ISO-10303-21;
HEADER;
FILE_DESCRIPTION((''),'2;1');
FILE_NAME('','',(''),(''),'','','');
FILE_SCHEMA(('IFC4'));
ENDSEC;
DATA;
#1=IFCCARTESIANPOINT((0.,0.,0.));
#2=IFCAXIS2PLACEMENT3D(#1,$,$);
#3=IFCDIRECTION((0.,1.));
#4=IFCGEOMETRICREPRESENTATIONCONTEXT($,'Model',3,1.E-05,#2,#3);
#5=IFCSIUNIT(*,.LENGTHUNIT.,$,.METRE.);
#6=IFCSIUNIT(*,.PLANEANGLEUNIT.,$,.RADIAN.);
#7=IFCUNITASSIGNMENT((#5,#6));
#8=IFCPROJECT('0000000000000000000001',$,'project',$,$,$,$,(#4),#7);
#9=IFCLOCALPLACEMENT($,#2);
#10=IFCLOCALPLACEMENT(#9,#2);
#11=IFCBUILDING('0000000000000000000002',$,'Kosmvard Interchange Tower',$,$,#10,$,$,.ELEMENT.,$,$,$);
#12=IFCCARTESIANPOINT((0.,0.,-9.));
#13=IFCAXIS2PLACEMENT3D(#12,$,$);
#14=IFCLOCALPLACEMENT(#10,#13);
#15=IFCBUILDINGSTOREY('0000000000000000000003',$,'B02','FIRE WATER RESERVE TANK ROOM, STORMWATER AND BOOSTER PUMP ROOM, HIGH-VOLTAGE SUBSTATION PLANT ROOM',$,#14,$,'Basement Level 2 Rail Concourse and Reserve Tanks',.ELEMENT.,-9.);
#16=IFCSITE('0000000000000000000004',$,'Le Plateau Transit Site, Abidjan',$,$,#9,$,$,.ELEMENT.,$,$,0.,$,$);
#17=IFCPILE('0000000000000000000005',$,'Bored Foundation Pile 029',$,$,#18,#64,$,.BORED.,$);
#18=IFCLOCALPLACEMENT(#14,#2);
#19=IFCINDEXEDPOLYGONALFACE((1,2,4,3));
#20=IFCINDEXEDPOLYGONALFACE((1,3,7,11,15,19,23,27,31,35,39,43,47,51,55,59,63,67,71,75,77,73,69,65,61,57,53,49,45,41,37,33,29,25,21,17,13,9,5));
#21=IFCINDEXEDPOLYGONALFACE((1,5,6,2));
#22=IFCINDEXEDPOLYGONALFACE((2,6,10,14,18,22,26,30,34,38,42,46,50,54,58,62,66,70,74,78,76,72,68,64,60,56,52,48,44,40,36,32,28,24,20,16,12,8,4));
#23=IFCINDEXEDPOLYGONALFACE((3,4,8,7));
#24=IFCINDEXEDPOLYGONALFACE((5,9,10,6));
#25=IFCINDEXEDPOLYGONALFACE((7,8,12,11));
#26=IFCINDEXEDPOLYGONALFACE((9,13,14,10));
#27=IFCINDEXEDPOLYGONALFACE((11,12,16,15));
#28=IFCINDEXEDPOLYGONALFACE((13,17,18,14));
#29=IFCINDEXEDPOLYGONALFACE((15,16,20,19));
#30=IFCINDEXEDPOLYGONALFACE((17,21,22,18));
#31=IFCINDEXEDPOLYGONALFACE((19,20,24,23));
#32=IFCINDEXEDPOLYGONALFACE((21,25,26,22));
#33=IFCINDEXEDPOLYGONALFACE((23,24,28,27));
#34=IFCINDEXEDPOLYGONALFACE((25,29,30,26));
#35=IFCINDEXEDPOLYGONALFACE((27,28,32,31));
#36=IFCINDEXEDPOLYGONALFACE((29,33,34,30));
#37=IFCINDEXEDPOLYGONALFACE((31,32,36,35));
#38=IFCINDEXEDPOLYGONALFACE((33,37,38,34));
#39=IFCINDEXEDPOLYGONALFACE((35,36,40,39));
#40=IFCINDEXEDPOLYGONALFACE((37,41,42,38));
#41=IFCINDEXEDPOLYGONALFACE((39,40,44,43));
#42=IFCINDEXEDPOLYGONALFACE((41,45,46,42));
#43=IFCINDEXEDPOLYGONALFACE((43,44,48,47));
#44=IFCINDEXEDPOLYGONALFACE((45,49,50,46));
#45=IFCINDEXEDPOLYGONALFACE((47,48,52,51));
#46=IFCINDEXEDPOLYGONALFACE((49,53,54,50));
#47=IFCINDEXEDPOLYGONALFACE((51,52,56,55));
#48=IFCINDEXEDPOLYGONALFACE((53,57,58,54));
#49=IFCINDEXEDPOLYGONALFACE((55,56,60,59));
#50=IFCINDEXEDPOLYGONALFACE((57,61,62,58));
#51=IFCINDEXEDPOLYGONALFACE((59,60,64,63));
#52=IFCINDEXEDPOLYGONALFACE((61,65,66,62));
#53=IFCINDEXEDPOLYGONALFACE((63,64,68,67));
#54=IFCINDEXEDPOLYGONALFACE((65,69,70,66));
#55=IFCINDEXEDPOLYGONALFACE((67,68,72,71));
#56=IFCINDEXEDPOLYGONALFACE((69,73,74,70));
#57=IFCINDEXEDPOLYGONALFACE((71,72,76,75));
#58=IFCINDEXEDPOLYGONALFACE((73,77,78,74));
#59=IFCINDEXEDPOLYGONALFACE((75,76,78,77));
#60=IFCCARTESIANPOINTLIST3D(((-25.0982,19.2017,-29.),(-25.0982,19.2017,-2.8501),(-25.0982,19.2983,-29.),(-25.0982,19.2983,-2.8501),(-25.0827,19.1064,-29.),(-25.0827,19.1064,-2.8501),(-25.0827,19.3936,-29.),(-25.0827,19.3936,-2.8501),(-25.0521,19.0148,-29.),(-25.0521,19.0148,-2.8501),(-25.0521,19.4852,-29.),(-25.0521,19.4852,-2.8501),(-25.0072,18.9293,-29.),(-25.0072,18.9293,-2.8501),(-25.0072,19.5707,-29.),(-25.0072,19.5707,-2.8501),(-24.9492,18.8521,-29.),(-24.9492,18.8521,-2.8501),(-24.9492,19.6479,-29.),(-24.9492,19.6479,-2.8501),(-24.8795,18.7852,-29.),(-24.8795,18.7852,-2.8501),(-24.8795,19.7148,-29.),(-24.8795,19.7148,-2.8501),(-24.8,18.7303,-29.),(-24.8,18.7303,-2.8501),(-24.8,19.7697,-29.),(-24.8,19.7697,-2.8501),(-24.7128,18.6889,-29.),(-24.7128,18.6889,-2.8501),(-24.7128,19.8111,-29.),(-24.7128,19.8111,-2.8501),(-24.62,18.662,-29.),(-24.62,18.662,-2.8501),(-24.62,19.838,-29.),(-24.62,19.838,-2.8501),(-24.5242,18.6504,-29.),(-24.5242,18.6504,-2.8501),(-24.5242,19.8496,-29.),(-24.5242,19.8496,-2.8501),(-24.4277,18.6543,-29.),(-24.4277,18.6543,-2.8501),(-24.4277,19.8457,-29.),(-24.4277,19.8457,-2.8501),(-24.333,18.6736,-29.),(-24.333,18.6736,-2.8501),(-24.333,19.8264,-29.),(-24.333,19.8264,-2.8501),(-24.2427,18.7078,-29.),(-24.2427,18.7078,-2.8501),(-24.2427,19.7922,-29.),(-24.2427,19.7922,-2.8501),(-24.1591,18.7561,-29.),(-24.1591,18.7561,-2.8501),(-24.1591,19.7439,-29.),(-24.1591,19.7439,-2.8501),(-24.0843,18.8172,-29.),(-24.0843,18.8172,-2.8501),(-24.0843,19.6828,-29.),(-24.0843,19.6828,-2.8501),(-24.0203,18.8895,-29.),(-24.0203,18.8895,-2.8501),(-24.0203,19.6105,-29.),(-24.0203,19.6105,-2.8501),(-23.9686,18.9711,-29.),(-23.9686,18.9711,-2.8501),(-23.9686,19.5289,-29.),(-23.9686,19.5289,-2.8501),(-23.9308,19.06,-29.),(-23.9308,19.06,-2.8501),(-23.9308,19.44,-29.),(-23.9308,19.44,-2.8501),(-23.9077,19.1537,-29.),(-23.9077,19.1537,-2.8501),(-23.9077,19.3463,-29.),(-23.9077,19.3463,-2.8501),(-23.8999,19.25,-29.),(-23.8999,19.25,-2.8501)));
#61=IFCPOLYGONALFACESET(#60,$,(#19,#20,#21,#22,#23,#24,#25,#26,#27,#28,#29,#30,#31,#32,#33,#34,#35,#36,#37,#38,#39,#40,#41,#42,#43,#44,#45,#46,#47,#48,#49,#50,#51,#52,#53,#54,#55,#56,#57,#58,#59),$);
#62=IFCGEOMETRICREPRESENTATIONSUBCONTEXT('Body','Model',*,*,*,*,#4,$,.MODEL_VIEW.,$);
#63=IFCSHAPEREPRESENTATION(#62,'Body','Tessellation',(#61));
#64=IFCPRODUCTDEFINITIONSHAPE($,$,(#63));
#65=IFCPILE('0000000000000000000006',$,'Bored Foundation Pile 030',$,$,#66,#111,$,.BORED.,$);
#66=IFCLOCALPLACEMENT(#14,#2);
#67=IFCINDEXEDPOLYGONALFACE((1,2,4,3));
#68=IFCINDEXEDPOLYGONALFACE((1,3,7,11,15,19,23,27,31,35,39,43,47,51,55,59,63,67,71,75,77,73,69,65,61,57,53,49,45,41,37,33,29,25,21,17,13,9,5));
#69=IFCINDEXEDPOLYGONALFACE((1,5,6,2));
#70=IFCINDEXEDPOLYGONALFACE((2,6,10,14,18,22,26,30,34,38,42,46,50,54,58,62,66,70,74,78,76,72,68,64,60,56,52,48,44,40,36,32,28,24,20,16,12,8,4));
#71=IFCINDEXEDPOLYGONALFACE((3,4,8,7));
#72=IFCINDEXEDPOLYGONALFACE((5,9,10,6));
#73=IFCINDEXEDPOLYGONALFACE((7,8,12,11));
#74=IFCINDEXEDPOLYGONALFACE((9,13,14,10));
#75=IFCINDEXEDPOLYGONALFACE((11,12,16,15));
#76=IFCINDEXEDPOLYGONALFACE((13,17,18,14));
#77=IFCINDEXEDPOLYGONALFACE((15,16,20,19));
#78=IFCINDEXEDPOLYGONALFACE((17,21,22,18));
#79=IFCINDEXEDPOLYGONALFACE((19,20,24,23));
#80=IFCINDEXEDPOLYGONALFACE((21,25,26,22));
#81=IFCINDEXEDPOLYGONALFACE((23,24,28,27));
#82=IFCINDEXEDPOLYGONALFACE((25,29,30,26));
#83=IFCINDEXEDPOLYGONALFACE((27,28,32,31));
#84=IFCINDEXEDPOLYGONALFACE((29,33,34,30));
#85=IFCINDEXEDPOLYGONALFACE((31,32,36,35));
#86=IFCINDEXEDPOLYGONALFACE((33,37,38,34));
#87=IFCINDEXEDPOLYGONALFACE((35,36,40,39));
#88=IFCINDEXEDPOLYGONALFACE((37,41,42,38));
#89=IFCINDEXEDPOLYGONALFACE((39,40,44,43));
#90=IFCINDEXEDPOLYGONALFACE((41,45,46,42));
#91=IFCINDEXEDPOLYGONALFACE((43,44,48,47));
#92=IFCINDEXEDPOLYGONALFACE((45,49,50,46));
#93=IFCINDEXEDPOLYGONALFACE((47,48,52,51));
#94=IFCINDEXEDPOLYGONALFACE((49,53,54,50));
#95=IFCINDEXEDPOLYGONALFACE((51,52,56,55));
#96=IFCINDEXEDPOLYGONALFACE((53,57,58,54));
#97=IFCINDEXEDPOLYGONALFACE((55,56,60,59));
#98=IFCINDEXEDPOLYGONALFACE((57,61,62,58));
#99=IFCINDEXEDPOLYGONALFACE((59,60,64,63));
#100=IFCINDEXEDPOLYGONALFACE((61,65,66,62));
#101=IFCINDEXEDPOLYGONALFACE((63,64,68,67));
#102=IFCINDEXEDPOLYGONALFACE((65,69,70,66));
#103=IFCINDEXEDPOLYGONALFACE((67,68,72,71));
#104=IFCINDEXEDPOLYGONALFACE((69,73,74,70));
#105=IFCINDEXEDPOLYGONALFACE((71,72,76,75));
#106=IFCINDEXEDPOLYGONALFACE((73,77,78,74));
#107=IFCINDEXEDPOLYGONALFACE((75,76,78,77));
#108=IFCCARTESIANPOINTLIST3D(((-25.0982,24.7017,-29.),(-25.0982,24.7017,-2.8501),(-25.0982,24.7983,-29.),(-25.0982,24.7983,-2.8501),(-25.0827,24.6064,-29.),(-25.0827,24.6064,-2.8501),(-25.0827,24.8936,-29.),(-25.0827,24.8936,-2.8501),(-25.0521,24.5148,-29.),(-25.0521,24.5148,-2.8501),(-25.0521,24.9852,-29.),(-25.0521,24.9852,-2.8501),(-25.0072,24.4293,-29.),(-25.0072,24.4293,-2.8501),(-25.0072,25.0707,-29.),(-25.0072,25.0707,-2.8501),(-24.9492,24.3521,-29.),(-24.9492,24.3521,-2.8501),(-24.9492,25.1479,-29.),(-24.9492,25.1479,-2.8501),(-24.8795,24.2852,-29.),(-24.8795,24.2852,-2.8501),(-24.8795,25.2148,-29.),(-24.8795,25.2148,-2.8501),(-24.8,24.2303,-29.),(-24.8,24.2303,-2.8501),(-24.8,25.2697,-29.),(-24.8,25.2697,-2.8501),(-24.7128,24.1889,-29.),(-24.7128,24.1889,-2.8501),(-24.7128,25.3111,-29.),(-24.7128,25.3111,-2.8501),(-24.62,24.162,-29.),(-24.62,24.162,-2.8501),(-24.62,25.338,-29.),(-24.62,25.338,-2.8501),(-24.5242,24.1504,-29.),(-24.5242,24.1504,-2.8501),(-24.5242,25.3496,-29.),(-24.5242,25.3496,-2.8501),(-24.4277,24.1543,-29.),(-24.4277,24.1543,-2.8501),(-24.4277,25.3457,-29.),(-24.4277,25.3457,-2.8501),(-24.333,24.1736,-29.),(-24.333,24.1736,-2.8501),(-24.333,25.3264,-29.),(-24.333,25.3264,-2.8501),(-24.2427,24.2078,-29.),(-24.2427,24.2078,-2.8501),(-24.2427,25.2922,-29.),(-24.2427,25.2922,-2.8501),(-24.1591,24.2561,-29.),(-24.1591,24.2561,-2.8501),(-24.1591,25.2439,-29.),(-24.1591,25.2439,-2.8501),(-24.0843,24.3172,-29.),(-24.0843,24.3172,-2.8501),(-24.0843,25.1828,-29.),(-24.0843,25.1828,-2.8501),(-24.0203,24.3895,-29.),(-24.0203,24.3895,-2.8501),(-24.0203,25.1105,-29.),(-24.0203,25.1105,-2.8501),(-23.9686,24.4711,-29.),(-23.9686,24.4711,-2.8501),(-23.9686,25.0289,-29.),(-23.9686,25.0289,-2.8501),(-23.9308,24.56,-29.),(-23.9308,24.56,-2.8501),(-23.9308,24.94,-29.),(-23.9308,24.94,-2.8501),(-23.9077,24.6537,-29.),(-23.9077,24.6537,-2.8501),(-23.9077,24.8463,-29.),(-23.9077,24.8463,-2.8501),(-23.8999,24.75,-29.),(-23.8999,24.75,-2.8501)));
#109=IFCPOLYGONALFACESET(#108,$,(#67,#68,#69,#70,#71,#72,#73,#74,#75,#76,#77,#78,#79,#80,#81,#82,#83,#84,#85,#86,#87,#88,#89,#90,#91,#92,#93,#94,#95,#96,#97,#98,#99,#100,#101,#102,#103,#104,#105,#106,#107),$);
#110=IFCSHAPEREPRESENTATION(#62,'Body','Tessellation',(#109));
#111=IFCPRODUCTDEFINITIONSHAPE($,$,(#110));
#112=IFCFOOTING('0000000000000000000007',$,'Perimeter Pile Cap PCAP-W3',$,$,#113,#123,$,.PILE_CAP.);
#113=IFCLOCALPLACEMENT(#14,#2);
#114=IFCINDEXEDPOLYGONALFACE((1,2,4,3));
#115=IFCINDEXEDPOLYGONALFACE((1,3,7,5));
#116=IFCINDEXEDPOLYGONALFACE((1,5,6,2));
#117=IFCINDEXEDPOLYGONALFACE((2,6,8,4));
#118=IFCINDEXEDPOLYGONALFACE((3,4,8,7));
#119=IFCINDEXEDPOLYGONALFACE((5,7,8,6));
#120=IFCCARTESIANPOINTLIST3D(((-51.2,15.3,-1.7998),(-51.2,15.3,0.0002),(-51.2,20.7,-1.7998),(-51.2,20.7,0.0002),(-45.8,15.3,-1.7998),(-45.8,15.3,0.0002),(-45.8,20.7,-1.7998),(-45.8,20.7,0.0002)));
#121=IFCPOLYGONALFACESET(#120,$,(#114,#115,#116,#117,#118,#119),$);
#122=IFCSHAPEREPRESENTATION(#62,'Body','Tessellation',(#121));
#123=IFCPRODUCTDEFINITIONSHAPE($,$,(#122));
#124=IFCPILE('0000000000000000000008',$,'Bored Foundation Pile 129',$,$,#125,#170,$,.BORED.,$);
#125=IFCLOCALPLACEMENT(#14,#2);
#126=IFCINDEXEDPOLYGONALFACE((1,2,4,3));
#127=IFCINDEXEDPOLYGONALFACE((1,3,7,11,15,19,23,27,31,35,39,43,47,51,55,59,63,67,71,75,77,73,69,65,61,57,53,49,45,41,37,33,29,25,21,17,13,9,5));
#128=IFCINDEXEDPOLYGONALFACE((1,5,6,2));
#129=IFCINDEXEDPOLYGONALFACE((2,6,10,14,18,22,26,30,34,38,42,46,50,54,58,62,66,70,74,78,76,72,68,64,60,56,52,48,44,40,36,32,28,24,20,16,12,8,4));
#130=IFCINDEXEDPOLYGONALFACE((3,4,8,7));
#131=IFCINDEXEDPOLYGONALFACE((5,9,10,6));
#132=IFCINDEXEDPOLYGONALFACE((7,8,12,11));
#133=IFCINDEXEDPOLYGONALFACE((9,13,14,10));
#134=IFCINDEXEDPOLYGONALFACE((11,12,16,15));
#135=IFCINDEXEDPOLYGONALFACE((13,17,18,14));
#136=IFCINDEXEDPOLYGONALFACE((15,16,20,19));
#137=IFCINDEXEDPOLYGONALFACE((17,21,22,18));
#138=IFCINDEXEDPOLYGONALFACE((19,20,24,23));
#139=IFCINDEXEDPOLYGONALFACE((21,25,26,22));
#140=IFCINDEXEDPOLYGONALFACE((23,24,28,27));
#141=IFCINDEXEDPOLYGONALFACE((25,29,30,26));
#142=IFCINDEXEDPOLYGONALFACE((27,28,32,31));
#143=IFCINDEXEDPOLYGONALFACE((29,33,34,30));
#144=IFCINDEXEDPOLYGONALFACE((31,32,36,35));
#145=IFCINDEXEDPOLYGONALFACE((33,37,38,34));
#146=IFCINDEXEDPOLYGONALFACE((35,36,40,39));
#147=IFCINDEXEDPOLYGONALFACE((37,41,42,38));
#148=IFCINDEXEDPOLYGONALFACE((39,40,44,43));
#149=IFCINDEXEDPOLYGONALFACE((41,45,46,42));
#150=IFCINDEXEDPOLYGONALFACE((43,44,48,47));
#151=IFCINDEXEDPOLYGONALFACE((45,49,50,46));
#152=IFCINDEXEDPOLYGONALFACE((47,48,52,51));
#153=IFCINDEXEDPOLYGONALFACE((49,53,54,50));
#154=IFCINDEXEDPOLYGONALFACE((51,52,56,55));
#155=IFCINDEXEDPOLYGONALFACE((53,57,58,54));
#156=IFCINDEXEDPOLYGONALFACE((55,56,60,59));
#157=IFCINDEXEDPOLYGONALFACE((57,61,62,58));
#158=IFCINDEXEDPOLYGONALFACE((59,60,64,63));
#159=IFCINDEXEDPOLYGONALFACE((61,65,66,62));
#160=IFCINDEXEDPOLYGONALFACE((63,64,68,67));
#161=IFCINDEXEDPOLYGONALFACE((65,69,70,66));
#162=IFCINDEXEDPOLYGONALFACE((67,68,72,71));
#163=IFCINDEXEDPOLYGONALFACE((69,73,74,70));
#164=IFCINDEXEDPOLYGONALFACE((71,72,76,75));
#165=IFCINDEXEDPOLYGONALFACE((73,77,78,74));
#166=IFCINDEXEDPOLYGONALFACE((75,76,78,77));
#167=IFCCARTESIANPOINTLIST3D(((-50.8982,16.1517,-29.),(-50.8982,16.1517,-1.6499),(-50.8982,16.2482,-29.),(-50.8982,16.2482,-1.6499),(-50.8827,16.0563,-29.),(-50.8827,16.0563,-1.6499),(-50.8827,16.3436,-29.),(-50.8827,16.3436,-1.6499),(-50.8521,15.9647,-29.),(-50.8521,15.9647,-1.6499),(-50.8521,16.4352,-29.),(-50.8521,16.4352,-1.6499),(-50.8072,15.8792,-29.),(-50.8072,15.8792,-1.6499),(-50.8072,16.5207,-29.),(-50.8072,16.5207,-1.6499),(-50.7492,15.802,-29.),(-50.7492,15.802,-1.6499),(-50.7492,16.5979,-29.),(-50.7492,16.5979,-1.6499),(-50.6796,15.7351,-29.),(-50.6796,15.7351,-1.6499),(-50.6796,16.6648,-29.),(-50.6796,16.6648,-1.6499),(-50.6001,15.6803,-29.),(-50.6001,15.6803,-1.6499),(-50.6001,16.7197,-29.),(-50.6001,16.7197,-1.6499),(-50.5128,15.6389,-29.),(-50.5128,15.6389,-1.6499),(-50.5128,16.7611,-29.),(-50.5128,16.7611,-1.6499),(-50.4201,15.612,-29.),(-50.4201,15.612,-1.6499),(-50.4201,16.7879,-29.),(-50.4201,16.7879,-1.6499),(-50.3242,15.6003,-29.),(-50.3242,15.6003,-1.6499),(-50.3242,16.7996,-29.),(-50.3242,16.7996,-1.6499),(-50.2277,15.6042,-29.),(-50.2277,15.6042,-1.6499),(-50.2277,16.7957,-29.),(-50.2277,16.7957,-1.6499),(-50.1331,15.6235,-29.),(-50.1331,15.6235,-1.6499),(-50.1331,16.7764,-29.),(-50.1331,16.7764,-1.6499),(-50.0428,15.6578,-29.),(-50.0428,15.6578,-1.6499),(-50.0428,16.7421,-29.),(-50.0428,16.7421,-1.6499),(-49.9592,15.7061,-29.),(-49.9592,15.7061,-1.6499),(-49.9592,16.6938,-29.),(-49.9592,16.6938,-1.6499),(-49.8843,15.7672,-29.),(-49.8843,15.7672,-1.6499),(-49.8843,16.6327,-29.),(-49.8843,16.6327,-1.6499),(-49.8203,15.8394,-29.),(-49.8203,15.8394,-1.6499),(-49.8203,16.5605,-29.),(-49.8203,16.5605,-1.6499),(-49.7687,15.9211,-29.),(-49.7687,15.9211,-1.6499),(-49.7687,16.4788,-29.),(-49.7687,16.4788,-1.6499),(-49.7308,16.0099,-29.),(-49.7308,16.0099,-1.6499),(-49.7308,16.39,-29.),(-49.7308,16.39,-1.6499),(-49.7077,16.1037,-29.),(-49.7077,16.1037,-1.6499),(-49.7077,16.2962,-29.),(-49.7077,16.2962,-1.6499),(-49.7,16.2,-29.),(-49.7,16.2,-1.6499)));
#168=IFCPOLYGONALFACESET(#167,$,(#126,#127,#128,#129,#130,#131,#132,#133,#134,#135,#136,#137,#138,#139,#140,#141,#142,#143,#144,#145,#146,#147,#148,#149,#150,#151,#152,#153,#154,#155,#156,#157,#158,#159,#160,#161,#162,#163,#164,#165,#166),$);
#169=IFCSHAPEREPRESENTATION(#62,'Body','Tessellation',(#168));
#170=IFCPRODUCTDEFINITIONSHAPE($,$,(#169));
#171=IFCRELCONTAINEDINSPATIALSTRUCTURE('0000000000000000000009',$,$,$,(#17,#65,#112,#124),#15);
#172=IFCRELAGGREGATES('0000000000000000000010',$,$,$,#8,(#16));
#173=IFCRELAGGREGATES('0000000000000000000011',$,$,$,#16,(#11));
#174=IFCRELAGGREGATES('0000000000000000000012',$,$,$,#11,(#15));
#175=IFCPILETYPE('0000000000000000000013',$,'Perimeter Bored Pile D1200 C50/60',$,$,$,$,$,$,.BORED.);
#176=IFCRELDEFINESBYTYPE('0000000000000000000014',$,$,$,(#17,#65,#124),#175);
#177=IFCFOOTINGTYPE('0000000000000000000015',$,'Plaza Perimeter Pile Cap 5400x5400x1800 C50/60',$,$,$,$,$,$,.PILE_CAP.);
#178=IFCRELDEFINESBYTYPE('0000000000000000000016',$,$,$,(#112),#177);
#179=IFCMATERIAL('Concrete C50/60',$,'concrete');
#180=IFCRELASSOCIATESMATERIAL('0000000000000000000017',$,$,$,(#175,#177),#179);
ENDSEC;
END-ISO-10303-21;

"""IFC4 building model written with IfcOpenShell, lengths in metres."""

from ifc_helpers import new_model, si_unit, direction, frame, origin, origin_2d, place, context, subcontext, project, spatial, rectangle, circle, extrude, source, transform, mapped, material, material_profile, profile_set, type_object, element, save


model = new_model("IFC4")

# Units and contexts
model_context = context("Model", 3, precision=1e-05, world=origin(), true_north=direction((0.0, 1.0)))
body_context = subcontext(model_context, "Body", "Model", "MODEL_VIEW")
ifc_project = project(units=[si_unit("LENGTHUNIT", "METRE"), si_unit("PLANEANGLEUNIT", "RADIAN")], contexts=[model_context])

# Site, building, storey
site_placement = place(None, origin())
site = spatial("IfcSite", under=ifc_project, at=site_placement, Name="Le Plateau Transit Site, Abidjan", CompositionType="ELEMENT", RefElevation=0.0)
building_placement = place(site_placement, origin())
building = spatial("IfcBuilding", under=site, at=building_placement, Name="Kosmvard Interchange Tower", CompositionType="ELEMENT")
storey_placement = place(building_placement, frame((0.0, 0.0, -9.0)))
storey = spatial("IfcBuildingStorey", under=building, at=storey_placement, Name="B02", Description="FIRE WATER RESERVE TANK ROOM, STORMWATER AND BOOSTER PUMP ROOM, HIGH-VOLTAGE SUBSTATION PLANT ROOM", LongName="Basement Level 2 Rail Concourse and Reserve Tanks", CompositionType="ELEMENT", Elevation=-9.0)

# Piles
ifc_material_1 = material(Name="Concrete C50/60", Category="concrete")
ifc_material_profile_1 = material_profile(ifc_material_1, circle(Radius=0.6001, at=origin_2d()), Name="PILE D1200")
ifc_profile_set_1 = profile_set([ifc_material_profile_1], Name="Concrete C50/60")
pile_type = type_object("IfcPileType", Name="Perimeter Bored Pile D1200 C50/60", PredefinedType="BORED", material=ifc_profile_set_1)
shared_shape_1 = source(origin(), body_context, "Body", "SweptSolid", [
    extrude(circle(Radius=0.6001, at=origin_2d()), origin(), (0.0, 0.0, 1.0), 26.1499),
])
for number, where, z_axis, x_axis, name in (
    (1, (-24.5, 19.25, -2.8501), (0.0, 0.0, -1.0), (1.0, 0.0, 0.0), "Bored Foundation Pile 029"),
    (2, (-24.5, 24.75, -2.8501), (0.0, 0.0, -1.0), (1.0, 0.0, 0.0), "Bored Foundation Pile 030"),
):
    element("IfcPile", number, at=place(storey_placement, frame(where, z_axis=z_axis, x_axis=x_axis)), inside=storey, type_object=pile_type, Name=name, PredefinedType="BORED", context=body_context, shape_type="MappedRepresentation", body=[
        mapped(shared_shape_1, transform((0.0, 0.0, 0.0), scale=1.0)),
    ])

# Footing
footing_type_1 = type_object("IfcFootingType", Name="Plaza Perimeter Pile Cap 5400x5400x1800 C50/60", PredefinedType="PILE_CAP", material=ifc_material_1)
shared_shape_2 = source(origin(), body_context, "Body", "SweptSolid", [
    extrude(rectangle(XDim=5.3999, YDim=5.3999, at=origin_2d()), origin(), (0.0, 0.0, 1.0), 1.8),
])
footing_1_placement = place(storey_placement, frame((-48.5, 18.0, -1.7998), z_axis=(0.0, 0.0, 1.0), x_axis=(1.0, 0.0, 0.0)))
element("IfcFooting", 3, at=footing_1_placement, inside=storey, type_object=footing_type_1, Name="Perimeter Pile Cap PCAP-W3", PredefinedType="PILE_CAP", context=body_context, shape_type="MappedRepresentation", body=[
    mapped(shared_shape_2, transform((0.0, 0.0, 0.0), scale=1.0)),
])

# Pile
shared_shape_3 = source(origin(), body_context, "Body", "SweptSolid", [
    extrude(circle(Radius=0.6001, at=origin_2d()), origin(), (0.0, 0.0, 1.0), 27.3501),
])
for number, where, z_axis, x_axis, name in (
    (4, (-50.3, 16.2, -1.6499), (0.0, 0.0, -1.0), (1.0, 0.0, 0.0), "Bored Foundation Pile 129"),
):
    element("IfcPile", number, at=place(storey_placement, frame(where, z_axis=z_axis, x_axis=x_axis)), inside=storey, type_object=pile_type, Name=name, PredefinedType="BORED", context=body_context, shape_type="MappedRepresentation", body=[
        mapped(shared_shape_3, transform((0.0, 0.0, 0.0), scale=1.0)),
    ])

save(model, "model.ifc")
